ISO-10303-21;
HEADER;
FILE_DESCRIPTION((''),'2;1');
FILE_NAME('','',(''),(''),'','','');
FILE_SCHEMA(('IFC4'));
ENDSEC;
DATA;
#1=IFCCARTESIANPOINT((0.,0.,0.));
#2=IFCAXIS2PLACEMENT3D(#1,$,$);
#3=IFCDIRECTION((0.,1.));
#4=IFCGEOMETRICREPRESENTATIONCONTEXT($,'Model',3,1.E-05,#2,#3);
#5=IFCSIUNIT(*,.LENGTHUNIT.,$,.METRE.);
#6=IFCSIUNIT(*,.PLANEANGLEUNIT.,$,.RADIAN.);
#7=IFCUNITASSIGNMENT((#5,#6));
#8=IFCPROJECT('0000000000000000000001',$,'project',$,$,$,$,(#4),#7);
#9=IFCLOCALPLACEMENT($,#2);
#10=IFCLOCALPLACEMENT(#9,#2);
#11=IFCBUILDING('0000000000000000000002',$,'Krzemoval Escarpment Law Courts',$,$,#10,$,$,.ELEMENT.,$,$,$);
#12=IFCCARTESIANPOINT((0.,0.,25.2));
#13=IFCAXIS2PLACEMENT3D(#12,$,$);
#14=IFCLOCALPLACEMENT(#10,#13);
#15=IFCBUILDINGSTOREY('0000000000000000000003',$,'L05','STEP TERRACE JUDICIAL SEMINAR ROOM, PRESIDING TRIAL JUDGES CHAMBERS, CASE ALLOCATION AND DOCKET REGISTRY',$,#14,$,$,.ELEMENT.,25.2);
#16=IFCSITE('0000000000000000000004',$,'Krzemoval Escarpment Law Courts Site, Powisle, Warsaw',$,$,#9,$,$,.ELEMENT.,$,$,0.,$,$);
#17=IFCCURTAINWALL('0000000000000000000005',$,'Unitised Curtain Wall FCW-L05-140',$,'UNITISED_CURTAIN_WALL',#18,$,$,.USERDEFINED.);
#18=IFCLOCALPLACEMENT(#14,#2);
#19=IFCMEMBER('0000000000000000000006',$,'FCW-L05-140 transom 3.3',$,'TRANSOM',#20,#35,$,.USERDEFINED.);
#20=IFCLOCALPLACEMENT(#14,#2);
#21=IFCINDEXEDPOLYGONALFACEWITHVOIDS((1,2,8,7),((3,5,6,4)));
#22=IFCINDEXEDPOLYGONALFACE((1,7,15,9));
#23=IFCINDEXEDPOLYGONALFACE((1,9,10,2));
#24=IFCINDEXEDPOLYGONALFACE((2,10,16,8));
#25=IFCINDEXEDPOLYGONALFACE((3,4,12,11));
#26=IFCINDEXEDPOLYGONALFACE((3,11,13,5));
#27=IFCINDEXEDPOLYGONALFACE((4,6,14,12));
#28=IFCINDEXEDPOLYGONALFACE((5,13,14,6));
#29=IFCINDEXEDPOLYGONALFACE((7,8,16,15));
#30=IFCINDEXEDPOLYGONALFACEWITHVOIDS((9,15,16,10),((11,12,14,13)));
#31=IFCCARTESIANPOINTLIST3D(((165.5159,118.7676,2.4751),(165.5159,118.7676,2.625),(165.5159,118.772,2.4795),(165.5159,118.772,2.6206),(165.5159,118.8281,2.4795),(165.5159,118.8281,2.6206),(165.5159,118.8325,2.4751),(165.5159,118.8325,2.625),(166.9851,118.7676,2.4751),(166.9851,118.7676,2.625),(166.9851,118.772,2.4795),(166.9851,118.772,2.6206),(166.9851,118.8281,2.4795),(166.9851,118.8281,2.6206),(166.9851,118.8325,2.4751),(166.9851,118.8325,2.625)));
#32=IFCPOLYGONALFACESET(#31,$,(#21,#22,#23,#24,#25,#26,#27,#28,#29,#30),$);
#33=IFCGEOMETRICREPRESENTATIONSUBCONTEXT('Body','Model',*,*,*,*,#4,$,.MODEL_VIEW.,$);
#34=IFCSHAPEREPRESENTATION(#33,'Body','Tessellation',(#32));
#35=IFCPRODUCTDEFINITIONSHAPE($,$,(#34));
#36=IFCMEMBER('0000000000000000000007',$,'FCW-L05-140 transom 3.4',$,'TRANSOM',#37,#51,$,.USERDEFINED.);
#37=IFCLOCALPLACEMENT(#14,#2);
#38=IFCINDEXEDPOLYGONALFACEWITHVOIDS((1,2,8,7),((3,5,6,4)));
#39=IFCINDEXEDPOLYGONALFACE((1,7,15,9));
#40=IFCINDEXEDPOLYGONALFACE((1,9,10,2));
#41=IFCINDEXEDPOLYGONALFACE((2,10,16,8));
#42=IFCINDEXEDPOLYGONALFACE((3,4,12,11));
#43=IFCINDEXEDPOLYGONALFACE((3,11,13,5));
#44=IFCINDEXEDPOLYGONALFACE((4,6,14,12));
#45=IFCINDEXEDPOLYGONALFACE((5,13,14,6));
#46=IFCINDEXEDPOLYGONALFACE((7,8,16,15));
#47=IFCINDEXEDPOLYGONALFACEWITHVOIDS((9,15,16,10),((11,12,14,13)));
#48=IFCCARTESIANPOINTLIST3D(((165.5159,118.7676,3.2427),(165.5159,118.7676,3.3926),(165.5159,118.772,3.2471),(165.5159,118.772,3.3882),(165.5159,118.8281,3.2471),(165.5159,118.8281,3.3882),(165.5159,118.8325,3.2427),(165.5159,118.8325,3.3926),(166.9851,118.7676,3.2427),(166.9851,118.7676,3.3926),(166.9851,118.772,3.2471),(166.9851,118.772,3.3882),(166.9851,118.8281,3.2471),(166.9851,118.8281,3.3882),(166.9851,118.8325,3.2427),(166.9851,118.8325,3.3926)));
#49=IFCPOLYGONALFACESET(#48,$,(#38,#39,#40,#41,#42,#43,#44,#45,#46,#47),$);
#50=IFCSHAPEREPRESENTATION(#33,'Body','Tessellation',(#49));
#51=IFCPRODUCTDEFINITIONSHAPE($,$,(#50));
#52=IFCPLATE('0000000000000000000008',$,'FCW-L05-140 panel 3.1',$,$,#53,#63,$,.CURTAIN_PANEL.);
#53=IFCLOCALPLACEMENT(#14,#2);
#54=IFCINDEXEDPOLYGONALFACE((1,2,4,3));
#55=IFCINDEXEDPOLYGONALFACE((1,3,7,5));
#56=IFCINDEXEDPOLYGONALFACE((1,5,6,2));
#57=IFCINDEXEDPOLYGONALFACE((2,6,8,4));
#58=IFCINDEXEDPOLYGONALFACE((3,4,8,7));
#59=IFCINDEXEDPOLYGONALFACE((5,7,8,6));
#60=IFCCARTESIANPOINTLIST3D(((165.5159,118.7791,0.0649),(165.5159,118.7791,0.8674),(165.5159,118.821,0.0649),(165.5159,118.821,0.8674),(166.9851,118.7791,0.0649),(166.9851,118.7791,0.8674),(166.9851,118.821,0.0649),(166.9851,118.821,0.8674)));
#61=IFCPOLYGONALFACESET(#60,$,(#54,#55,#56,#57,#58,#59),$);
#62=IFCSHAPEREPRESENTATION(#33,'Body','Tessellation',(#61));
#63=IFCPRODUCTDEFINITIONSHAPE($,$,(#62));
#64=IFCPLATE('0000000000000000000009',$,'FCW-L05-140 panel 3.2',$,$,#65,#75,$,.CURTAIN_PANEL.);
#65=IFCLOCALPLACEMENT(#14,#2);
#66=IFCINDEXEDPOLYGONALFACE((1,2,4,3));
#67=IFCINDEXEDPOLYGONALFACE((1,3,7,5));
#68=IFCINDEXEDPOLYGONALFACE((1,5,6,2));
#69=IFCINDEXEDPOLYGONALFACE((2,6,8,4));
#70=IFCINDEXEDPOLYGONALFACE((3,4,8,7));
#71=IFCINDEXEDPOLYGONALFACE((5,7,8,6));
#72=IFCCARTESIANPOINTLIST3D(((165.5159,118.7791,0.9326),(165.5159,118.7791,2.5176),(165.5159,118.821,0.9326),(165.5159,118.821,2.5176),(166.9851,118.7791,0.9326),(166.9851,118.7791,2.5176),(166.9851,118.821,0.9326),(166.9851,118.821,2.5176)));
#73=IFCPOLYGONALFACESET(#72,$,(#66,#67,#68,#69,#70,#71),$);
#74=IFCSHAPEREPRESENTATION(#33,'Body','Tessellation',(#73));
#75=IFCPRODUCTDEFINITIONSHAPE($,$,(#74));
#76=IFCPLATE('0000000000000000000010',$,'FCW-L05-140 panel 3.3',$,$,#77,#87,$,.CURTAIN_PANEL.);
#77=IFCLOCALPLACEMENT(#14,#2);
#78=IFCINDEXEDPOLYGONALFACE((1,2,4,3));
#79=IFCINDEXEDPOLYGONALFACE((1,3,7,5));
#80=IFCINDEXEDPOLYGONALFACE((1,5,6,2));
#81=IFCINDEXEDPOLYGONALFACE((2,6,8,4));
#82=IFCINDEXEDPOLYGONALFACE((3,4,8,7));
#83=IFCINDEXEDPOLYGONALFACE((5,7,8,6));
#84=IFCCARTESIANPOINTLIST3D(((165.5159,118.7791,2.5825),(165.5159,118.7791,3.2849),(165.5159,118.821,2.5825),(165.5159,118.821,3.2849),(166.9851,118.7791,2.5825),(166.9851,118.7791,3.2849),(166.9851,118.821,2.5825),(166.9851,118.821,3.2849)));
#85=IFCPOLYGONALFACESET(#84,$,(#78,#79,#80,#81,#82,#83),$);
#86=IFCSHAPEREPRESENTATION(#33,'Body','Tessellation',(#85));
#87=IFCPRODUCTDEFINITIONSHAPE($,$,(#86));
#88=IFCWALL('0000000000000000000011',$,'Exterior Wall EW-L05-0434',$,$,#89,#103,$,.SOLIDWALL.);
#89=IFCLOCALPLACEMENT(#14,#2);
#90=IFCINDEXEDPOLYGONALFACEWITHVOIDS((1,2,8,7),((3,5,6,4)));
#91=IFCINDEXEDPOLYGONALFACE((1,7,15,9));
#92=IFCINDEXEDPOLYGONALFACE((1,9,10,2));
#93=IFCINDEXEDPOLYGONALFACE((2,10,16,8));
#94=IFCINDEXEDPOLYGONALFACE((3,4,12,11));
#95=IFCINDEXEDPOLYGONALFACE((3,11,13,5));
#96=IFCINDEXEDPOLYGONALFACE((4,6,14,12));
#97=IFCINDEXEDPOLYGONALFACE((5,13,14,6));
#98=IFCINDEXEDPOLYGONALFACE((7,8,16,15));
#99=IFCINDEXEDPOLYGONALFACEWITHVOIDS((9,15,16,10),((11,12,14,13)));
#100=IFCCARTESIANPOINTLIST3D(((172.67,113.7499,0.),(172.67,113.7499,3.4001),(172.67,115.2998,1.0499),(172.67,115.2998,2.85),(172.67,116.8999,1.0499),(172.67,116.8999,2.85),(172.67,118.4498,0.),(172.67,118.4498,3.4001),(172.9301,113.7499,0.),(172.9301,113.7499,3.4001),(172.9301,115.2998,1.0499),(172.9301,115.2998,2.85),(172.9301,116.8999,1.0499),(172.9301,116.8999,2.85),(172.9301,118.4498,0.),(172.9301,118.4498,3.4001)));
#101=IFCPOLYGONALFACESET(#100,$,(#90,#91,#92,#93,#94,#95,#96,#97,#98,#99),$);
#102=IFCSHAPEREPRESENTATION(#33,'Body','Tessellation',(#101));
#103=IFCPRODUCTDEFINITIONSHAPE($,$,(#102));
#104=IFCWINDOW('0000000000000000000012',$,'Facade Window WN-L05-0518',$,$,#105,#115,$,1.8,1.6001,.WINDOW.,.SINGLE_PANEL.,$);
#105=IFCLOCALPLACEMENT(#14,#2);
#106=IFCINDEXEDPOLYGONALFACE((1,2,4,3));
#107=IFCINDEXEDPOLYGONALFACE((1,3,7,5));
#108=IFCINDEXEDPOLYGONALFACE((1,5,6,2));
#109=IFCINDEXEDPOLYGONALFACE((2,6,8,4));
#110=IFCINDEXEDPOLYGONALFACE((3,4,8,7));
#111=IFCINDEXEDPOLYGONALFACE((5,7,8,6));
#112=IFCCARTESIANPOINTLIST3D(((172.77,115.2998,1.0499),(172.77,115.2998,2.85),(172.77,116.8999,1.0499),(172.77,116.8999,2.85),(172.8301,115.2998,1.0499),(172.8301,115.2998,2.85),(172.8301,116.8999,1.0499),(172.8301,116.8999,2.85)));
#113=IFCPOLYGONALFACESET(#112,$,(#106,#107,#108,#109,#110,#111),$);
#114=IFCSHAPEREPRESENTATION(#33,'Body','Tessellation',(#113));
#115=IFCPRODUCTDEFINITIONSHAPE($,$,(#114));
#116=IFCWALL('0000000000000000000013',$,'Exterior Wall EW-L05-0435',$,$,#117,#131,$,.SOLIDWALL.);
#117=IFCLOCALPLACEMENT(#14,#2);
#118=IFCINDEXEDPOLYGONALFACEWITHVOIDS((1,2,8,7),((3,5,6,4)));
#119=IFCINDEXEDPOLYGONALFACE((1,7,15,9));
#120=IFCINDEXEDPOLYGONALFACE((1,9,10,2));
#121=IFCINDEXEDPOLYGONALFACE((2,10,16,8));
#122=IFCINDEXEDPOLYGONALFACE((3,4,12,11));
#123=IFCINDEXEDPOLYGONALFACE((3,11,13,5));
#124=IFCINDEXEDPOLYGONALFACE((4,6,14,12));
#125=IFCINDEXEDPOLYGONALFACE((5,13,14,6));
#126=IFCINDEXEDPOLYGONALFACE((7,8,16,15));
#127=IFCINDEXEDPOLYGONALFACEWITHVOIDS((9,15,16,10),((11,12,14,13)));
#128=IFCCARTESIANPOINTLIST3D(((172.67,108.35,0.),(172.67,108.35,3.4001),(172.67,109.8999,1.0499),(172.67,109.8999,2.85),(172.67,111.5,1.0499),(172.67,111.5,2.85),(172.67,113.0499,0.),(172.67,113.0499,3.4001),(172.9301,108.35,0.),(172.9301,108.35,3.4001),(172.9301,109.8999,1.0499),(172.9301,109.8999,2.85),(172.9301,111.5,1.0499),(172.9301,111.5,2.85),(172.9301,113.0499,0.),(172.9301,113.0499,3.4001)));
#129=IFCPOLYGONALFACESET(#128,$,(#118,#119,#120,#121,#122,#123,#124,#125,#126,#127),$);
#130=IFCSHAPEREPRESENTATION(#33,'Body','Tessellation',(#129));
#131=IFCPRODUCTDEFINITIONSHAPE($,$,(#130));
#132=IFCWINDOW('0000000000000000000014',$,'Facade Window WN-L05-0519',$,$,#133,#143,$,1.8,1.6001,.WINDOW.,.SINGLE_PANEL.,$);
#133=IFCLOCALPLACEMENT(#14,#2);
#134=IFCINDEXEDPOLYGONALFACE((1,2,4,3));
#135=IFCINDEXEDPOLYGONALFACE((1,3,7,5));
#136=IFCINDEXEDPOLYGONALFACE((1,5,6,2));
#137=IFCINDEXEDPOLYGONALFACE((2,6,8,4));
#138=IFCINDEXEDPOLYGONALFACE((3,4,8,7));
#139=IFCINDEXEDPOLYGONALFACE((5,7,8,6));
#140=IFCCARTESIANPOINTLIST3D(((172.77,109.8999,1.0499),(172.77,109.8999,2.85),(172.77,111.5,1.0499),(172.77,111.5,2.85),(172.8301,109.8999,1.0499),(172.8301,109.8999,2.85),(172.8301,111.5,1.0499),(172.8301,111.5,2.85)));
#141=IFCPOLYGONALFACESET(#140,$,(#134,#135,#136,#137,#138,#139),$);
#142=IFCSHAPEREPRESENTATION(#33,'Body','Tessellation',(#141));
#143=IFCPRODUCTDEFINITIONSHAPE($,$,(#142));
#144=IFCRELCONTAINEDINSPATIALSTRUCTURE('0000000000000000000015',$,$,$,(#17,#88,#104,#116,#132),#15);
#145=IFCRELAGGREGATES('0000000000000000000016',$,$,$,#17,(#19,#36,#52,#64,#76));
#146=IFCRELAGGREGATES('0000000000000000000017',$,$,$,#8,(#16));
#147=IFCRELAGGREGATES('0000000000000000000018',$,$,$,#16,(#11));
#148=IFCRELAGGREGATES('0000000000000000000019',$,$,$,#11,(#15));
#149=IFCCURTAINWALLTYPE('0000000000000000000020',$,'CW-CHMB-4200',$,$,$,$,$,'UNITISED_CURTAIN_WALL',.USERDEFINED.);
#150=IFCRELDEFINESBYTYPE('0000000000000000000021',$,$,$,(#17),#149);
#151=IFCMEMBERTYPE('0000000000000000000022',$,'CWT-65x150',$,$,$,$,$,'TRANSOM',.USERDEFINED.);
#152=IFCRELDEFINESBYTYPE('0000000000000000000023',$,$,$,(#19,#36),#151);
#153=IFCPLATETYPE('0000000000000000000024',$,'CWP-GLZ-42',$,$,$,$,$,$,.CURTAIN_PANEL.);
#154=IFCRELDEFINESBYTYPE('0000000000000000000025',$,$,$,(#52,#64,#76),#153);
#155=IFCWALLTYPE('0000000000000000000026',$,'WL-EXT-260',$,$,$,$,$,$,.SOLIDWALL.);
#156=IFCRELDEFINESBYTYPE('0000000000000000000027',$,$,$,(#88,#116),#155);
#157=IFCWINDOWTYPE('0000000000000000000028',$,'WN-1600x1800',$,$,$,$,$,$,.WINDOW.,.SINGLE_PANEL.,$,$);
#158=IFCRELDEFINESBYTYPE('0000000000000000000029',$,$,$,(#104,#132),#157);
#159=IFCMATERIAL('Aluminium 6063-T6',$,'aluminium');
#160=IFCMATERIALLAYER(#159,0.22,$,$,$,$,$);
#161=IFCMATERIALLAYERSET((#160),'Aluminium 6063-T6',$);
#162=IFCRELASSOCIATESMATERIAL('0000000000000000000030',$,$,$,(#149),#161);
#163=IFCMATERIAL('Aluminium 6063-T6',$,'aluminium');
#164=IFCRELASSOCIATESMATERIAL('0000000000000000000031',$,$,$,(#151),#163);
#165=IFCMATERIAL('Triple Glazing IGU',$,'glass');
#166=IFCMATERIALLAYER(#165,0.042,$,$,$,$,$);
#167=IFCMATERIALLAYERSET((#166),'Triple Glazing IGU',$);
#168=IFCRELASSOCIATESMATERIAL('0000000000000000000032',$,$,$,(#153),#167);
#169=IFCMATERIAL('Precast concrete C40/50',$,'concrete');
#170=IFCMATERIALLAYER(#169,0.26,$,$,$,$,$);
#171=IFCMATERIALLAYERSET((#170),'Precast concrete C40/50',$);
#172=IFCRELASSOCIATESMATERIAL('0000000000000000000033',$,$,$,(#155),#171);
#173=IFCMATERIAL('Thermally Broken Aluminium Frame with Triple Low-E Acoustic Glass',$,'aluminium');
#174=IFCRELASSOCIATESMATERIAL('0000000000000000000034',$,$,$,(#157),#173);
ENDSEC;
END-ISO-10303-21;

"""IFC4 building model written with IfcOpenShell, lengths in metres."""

from ifc_helpers import new_model, si_unit, direction, frame, frame_2d, origin, origin_2d, place, context, subcontext, project, spatial, rectangle, hollow_rectangle, extrude, material, layer, layer_set, material_profile, profile_set, type_object, element, fill, aggregate, save


model = new_model("IFC4")

# Units and contexts
model_context = context("Model", 3, precision=1e-05, world=origin(), true_north=direction((0.0, 1.0)))
body_context = subcontext(model_context, "Body", "Model", "MODEL_VIEW")
ifc_project = project(units=[si_unit("LENGTHUNIT", "METRE"), si_unit("PLANEANGLEUNIT", "RADIAN")], contexts=[model_context])

# Site, building, storey
site_placement = place(None, origin())
site = spatial("IfcSite", under=ifc_project, at=site_placement, Name="Krzemoval Escarpment Law Courts Site, Powisle, Warsaw", CompositionType="ELEMENT", RefElevation=0.0)
building_placement = place(site_placement, origin())
building = spatial("IfcBuilding", under=site, at=building_placement, Name="Krzemoval Escarpment Law Courts", CompositionType="ELEMENT")
storey_placement = place(building_placement, frame((0.0, 0.0, 25.2)))
storey = spatial("IfcBuildingStorey", under=building, at=storey_placement, Name="L05", Description="STEP TERRACE JUDICIAL SEMINAR ROOM, PRESIDING TRIAL JUDGES CHAMBERS, CASE ALLOCATION AND DOCKET REGISTRY", CompositionType="ELEMENT", Elevation=25.2)

# Curtain wall
ifc_material_1 = material(Name="Aluminium 6063-T6", Category="aluminium")
ifc_layer_1 = layer(ifc_material_1, 0.22)
ifc_layer_set_1 = layer_set([ifc_layer_1], Name="Aluminium 6063-T6")
curtain_wall_type = type_object("IfcCurtainWallType", Name="CW-CHMB-4200", ElementType="UNITISED_CURTAIN_WALL", PredefinedType="USERDEFINED", material=ifc_layer_set_1)
curtain_wall_1_placement = place(storey_placement, origin())
curtain_wall_1 = element("IfcCurtainWall", 1, at=curtain_wall_1_placement, inside=storey, type_object=curtain_wall_type, Name="Unitised Curtain Wall FCW-L05-140", ObjectType="UNITISED_CURTAIN_WALL", PredefinedType="USERDEFINED")

# Members
ifc_material_2 = material(Name="Aluminium 6063-T6", Category="aluminium")
ifc_material_profile_1 = material_profile(ifc_material_2, hollow_rectangle(XDim=0.0649, YDim=0.1499, WallThickness=0.0044, at=origin_2d()), Name="ALU T65x150")
ifc_profile_set_1 = profile_set([ifc_material_profile_1], Name="Aluminium 6063-T6")
member_type_1 = type_object("IfcMemberType", Name="CWT-65x150", ElementType="TRANSOM", PredefinedType="USERDEFINED", material=ifc_profile_set_1)
member_1_placement = place(storey_placement, frame((165.5159, 118.8, 2.55), z_axis=(1.0, 0.0, 0.0), x_axis=(0.0, 1.0, 0.0)))
member_1 = element("IfcMember", 2, at=member_1_placement, type_object=member_type_1, Name="FCW-L05-140 transom 3.3", ObjectType="TRANSOM", PredefinedType="USERDEFINED", context=body_context, shape_type="SweptSolid", body=[
    extrude(hollow_rectangle(XDim=0.0649, YDim=0.1499, WallThickness=0.0044, at=origin_2d()), origin(), (0.0, 0.0, 1.0), 1.4692),
])
member_2_placement = place(storey_placement, frame((165.5159, 118.8, 3.3176), z_axis=(1.0, 0.0, 0.0), x_axis=(0.0, 1.0, 0.0)))
member_2 = element("IfcMember", 3, at=member_2_placement, type_object=member_type_1, Name="FCW-L05-140 transom 3.4", ObjectType="TRANSOM", PredefinedType="USERDEFINED", context=body_context, shape_type="SweptSolid", body=[
    extrude(hollow_rectangle(XDim=0.0649, YDim=0.1499, WallThickness=0.0044, at=origin_2d()), origin(), (0.0, 0.0, 1.0), 1.4692),
])

# Plates
ifc_material_3 = material(Name="Triple Glazing IGU", Category="glass")
ifc_layer_2 = layer(ifc_material_3, 0.042)
ifc_layer_set_2 = layer_set([ifc_layer_2], Name="Triple Glazing IGU")
plate_type = type_object("IfcPlateType", Name="CWP-GLZ-42", PredefinedType="CURTAIN_PANEL", material=ifc_layer_set_2)
plate_1_placement = place(storey_placement, frame((166.2505, 118.8, 0.0649), z_axis=(0.0, 0.0, 1.0), x_axis=(1.0, 0.0, 0.0)))
plate_1 = element("IfcPlate", 4, at=plate_1_placement, type_object=plate_type, Name="FCW-L05-140 panel 3.1", PredefinedType="CURTAIN_PANEL", context=body_context, shape_type="SweptSolid", body=[
    extrude(rectangle(XDim=1.4692, YDim=0.042, at=origin_2d()), origin(), (0.0, 0.0, 1.0), 0.8025),
])
plate_2_placement = place(storey_placement, frame((166.2505, 118.8, 0.9326), z_axis=(0.0, 0.0, 1.0), x_axis=(1.0, 0.0, 0.0)))
plate_2 = element("IfcPlate", 5, at=plate_2_placement, type_object=plate_type, Name="FCW-L05-140 panel 3.2", PredefinedType="CURTAIN_PANEL", context=body_context, shape_type="SweptSolid", body=[
    extrude(rectangle(XDim=1.4692, YDim=0.042, at=origin_2d()), origin(), (0.0, 0.0, 1.0), 1.585),
])
plate_3_placement = place(storey_placement, frame((166.2505, 118.8, 2.5825), z_axis=(0.0, 0.0, 1.0), x_axis=(1.0, 0.0, 0.0)))
plate_3 = element("IfcPlate", 6, at=plate_3_placement, type_object=plate_type, Name="FCW-L05-140 panel 3.3", PredefinedType="CURTAIN_PANEL", context=body_context, shape_type="SweptSolid", body=[
    extrude(rectangle(XDim=1.4692, YDim=0.042, at=origin_2d()), origin(), (0.0, 0.0, 1.0), 0.7024),
])
aggregate(curtain_wall_1, [member_1, member_2, plate_1, plate_2, plate_3])

# Walls, openings, windows
ifc_material_4 = material(Name="Precast concrete C40/50", Category="concrete")
ifc_layer_3 = layer(ifc_material_4, 0.26)
ifc_layer_set_3 = layer_set([ifc_layer_3], Name="Precast concrete C40/50")
wall_type_1 = type_object("IfcWallType", Name="WL-EXT-260", PredefinedType="SOLIDWALL", material=ifc_layer_set_3)
wall_1_placement = place(storey_placement, frame((172.8, 118.45, 0.0), z_axis=(0.0, 0.0, 1.0), x_axis=(0.0, -1.0, 0.0)))
wall_1 = element("IfcWall", 7, at=wall_1_placement, inside=storey, type_object=wall_type_1, Name="Exterior Wall EW-L05-0434", PredefinedType="SOLIDWALL", context=body_context, shape_type="SweptSolid", body=[
    extrude(rectangle(XDim=4.7, YDim=0.26, at=frame_2d((2.3501, 0.0))), origin(), (0.0, 0.0, 1.0), 3.4001),
])
opening_1_placement = place(wall_1_placement, frame((1.55, 0.0, 1.05)))
opening_1 = element("IfcOpeningElement", 8, at=opening_1_placement, cuts=wall_1, PredefinedType="OPENING", context=body_context, shape_type="SweptSolid", body=[
    extrude(rectangle(XDim=1.6001, YDim=1.8, at=frame_2d((0.8, 0.8999))), frame((0.0, 0.145, 0.0), z_axis=(0.0, -1.0, 0.0), x_axis=(1.0, 0.0, 0.0)), (0.0, 0.0, 1.0), 0.29),
])
ifc_material_5 = material(Name="Thermally Broken Aluminium Frame with Triple Low-E Acoustic Glass", Category="aluminium")
window_type = type_object("IfcWindowType", Name="WN-1600x1800", PartitioningType="SINGLE_PANEL", PredefinedType="WINDOW", material=ifc_material_5)
window_1_placement = place(opening_1_placement, origin())
window_1 = element("IfcWindow", 9, at=window_1_placement, inside=storey, type_object=window_type, Name="Facade Window WN-L05-0518", OverallHeight=1.8, OverallWidth=1.6001, PartitioningType="SINGLE_PANEL", PredefinedType="WINDOW", context=body_context, shape_type="SweptSolid", body=[
    extrude(rectangle(XDim=1.6001, YDim=1.8, at=frame_2d((0.8, 0.8999))), frame((0.0, 0.03, 0.0), z_axis=(0.0, -1.0, 0.0), x_axis=(1.0, 0.0, 0.0)), (0.0, 0.0, 1.0), 0.0601),
])
fill(opening_1, window_1)
wall_2_placement = place(storey_placement, frame((172.8, 113.05, 0.0), z_axis=(0.0, 0.0, 1.0), x_axis=(0.0, -1.0, 0.0)))
wall_2 = element("IfcWall", 10, at=wall_2_placement, inside=storey, type_object=wall_type_1, Name="Exterior Wall EW-L05-0435", PredefinedType="SOLIDWALL", context=body_context, shape_type="SweptSolid", body=[
    extrude(rectangle(XDim=4.7, YDim=0.26, at=frame_2d((2.3501, 0.0))), origin(), (0.0, 0.0, 1.0), 3.4001),
])
opening_2_placement = place(wall_2_placement, frame((1.55, 0.0, 1.05)))
opening_2 = element("IfcOpeningElement", 11, at=opening_2_placement, cuts=wall_2, PredefinedType="OPENING", context=body_context, shape_type="SweptSolid", body=[
    extrude(rectangle(XDim=1.6001, YDim=1.8, at=frame_2d((0.8, 0.8999))), frame((0.0, 0.145, 0.0), z_axis=(0.0, -1.0, 0.0), x_axis=(1.0, 0.0, 0.0)), (0.0, 0.0, 1.0), 0.29),
])
window_2_placement = place(opening_2_placement, origin())
window_2 = element("IfcWindow", 12, at=window_2_placement, inside=storey, type_object=window_type, Name="Facade Window WN-L05-0519", OverallHeight=1.8, OverallWidth=1.6001, PartitioningType="SINGLE_PANEL", PredefinedType="WINDOW", context=body_context, shape_type="SweptSolid", body=[
    extrude(rectangle(XDim=1.6001, YDim=1.8, at=frame_2d((0.8, 0.8999))), frame((0.0, 0.03, 0.0), z_axis=(0.0, -1.0, 0.0), x_axis=(1.0, 0.0, 0.0)), (0.0, 0.0, 1.0), 0.0601),
])
fill(opening_2, window_2)

save(model, "model.ifc")
